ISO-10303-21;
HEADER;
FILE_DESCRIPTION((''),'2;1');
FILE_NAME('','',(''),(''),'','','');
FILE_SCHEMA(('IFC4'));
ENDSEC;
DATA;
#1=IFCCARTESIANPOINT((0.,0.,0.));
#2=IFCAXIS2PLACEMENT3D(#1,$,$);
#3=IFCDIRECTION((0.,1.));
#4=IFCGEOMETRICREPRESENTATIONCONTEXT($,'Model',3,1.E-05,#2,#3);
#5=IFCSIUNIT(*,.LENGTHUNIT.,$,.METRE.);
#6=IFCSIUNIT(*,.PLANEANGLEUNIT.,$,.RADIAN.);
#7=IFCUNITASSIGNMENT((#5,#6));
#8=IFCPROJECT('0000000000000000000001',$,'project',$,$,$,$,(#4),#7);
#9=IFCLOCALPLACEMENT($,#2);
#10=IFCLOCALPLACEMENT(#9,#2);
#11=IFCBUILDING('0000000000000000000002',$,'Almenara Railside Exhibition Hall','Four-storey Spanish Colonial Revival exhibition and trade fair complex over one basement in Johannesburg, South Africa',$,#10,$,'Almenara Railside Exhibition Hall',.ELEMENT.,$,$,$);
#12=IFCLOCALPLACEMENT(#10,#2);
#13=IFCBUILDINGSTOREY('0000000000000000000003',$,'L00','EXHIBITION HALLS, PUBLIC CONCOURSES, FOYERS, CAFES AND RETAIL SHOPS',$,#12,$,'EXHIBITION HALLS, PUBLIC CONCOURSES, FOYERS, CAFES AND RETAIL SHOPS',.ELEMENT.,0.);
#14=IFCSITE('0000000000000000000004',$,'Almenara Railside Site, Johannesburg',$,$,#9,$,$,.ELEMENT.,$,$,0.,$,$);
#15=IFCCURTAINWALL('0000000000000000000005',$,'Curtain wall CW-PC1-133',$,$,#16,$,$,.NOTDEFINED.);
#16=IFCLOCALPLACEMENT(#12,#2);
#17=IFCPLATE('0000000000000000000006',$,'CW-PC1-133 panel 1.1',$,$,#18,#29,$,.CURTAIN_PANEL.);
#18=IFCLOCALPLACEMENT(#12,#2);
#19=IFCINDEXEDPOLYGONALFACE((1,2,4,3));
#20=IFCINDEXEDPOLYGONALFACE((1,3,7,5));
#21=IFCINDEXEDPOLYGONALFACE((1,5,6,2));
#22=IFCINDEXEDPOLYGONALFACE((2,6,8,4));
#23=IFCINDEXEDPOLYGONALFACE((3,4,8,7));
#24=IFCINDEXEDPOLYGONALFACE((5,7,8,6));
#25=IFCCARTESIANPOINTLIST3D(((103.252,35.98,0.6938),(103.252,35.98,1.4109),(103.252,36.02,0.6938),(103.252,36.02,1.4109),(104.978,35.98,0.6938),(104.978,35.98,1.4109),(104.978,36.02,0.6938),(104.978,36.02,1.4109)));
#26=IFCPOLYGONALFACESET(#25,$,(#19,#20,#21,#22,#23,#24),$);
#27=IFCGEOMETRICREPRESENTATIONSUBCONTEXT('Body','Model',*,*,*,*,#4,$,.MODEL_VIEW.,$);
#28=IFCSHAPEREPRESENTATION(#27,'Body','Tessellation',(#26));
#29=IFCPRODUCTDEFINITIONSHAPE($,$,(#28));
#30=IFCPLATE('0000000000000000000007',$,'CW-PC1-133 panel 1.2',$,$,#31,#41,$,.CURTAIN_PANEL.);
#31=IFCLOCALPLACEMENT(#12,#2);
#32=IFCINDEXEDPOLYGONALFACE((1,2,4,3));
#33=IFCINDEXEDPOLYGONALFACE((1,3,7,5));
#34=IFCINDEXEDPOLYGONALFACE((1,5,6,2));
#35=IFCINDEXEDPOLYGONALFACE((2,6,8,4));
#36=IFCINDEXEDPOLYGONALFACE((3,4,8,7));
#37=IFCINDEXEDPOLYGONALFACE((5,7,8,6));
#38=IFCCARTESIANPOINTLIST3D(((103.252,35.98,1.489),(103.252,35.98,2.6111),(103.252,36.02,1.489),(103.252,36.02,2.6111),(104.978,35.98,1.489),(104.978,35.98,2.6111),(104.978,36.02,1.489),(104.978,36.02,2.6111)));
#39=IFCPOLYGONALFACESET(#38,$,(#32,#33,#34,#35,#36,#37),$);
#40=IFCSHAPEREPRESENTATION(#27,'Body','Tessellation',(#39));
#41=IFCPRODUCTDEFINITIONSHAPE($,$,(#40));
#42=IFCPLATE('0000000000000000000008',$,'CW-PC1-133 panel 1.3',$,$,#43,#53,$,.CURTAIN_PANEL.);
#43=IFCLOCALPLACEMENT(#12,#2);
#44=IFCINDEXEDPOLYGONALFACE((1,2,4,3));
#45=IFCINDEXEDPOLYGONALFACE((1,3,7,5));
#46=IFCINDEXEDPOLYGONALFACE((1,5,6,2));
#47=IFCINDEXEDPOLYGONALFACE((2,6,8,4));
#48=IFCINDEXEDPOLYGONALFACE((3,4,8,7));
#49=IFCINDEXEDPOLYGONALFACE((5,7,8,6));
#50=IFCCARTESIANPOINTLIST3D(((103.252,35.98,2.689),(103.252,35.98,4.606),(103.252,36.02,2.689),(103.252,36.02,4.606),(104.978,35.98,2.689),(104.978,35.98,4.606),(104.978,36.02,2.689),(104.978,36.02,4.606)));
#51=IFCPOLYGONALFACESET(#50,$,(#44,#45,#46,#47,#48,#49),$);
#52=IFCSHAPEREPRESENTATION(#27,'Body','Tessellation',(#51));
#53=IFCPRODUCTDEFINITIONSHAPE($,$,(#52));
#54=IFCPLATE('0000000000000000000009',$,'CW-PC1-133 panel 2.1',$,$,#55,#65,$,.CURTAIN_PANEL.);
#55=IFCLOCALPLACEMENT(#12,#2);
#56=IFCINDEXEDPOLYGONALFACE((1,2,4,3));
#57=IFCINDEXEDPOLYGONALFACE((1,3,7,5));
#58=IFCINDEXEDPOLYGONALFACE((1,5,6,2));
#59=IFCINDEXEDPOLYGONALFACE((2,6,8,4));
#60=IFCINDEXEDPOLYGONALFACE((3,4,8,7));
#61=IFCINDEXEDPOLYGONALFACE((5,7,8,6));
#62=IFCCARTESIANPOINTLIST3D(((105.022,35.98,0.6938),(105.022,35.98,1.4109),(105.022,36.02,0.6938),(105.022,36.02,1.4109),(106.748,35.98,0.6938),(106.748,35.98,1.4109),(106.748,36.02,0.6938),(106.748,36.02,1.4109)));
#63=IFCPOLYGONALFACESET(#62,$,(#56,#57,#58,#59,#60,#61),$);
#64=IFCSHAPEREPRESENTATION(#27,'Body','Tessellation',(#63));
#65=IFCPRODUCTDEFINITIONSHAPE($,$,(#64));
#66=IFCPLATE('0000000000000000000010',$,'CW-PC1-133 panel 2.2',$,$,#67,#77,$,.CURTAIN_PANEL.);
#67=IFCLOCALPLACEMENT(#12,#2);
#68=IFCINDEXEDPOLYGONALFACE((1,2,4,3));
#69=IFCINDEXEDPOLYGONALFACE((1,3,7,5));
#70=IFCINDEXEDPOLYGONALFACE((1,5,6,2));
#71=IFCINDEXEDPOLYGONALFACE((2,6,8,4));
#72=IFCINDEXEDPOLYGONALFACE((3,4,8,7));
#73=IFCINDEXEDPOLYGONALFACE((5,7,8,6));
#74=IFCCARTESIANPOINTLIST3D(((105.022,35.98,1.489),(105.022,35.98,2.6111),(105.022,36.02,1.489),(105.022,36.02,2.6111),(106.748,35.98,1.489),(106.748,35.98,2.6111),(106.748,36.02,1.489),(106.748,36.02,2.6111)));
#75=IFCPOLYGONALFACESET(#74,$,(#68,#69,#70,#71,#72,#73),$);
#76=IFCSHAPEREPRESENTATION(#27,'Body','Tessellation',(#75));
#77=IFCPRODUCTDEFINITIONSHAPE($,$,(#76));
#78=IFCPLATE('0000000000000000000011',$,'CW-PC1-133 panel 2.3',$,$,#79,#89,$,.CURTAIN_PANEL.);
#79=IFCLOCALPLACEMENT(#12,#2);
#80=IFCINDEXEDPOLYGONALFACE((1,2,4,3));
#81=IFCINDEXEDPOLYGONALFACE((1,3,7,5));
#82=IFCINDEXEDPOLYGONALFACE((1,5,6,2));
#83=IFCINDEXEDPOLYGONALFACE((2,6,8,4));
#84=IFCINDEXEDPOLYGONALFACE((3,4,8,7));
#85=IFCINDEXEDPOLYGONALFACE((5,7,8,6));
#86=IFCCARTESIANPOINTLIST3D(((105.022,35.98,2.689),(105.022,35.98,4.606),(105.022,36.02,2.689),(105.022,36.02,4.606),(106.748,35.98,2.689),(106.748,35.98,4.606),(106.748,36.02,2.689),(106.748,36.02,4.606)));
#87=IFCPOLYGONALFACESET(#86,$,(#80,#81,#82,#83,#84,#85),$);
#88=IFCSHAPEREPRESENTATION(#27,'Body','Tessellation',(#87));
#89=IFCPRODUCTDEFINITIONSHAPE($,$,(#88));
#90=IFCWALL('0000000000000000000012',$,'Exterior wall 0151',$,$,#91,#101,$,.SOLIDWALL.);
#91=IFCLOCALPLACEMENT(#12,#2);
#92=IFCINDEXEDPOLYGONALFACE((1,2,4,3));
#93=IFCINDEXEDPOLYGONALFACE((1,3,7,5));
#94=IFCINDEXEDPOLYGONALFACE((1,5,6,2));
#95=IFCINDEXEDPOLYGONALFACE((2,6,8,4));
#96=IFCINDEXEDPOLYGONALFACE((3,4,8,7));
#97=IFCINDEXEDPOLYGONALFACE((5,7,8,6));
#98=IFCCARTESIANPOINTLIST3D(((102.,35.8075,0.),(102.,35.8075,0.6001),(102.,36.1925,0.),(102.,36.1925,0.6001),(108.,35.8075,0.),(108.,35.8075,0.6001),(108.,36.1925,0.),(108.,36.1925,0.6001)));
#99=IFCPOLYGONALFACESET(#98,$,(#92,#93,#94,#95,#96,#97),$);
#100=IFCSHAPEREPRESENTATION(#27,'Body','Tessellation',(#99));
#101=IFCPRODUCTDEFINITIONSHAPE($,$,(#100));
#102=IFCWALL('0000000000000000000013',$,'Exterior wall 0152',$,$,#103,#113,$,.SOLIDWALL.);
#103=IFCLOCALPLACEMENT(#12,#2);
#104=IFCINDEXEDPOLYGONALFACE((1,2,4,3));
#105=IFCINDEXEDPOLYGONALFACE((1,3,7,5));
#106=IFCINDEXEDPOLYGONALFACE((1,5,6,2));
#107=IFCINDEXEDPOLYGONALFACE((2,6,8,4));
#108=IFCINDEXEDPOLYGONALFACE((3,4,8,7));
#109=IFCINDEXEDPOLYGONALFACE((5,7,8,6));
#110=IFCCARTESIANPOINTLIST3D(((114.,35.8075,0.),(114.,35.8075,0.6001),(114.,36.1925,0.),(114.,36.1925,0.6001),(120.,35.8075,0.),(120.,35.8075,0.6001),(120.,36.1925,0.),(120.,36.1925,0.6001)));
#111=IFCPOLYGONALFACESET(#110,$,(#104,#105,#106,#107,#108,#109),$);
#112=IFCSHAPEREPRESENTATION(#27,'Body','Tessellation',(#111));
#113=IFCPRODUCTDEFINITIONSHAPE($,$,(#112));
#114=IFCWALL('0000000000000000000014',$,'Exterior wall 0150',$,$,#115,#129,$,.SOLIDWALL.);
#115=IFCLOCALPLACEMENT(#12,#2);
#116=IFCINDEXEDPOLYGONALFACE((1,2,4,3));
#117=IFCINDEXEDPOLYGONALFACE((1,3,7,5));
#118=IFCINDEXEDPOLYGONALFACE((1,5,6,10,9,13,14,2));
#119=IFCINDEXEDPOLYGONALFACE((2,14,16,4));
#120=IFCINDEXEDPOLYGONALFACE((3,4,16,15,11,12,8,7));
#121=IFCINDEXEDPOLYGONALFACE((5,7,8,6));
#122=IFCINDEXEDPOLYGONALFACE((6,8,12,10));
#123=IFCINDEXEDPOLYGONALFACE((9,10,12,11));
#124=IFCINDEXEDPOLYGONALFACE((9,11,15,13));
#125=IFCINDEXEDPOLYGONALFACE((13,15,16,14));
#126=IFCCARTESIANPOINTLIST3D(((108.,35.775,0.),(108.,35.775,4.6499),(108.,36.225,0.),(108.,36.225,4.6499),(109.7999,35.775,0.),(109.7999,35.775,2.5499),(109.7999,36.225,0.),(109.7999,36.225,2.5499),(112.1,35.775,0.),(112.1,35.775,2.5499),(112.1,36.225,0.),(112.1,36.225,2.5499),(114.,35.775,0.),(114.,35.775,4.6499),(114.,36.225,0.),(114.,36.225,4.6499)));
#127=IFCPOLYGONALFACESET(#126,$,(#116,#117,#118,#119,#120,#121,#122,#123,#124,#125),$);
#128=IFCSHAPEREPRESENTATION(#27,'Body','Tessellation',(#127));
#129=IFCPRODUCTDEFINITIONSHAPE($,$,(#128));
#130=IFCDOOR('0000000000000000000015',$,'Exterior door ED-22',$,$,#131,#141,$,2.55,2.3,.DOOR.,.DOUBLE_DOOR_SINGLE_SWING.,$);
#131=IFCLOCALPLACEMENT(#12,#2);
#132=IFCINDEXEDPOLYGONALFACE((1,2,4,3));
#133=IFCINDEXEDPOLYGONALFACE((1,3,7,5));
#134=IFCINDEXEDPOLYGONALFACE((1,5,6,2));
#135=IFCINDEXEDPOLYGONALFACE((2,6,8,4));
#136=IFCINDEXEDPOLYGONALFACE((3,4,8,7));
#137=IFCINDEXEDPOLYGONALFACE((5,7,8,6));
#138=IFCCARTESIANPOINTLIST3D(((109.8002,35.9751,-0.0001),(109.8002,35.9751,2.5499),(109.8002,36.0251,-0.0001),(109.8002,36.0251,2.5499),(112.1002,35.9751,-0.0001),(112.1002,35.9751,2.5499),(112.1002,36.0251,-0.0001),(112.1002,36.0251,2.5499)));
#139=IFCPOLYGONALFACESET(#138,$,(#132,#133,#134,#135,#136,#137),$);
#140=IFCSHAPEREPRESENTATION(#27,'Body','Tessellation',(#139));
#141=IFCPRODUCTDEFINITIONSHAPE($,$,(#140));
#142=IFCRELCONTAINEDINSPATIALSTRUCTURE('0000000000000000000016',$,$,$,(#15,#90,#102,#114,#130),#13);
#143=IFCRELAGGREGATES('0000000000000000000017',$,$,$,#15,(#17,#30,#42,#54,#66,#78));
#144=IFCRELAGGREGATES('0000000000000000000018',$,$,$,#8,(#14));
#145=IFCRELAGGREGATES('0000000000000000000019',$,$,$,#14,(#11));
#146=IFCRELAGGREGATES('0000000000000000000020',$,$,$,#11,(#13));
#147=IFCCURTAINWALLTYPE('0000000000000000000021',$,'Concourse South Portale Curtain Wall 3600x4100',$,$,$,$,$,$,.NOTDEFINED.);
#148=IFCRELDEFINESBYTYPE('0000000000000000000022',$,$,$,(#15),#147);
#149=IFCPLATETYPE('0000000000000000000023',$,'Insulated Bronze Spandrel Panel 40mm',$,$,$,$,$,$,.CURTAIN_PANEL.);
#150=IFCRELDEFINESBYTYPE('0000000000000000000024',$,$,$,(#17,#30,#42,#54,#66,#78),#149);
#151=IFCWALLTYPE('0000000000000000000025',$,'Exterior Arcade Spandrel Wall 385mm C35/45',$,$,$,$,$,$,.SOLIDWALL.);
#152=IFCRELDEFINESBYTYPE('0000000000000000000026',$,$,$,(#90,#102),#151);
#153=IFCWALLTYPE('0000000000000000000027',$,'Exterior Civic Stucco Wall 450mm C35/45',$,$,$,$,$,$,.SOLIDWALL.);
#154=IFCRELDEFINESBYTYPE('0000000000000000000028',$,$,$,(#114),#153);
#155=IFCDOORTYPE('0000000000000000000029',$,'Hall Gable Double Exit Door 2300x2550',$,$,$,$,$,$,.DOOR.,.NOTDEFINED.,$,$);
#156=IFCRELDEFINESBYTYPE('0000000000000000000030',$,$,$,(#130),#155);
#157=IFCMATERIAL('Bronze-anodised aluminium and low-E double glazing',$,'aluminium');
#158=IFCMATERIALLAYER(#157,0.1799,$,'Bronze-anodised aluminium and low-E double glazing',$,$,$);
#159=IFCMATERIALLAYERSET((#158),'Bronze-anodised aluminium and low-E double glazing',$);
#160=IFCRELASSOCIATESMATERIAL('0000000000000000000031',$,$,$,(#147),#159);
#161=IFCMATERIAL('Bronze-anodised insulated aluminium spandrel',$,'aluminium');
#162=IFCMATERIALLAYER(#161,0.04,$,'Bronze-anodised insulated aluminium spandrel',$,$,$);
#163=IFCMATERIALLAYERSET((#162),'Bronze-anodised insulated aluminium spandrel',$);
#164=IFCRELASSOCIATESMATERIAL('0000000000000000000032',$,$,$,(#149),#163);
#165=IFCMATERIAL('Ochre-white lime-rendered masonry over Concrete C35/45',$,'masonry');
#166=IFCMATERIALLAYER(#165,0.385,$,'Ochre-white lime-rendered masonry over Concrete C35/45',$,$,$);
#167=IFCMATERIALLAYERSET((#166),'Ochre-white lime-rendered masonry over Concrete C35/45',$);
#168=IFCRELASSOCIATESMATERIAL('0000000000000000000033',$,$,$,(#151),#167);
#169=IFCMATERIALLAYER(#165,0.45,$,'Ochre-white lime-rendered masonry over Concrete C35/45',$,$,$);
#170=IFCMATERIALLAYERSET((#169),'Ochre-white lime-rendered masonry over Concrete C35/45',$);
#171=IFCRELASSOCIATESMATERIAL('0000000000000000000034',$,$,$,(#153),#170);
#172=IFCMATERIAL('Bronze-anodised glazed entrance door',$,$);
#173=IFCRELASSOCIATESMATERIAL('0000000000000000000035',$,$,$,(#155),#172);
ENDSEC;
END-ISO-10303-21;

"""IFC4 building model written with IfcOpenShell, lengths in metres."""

from ifc_helpers import new_model, si_unit, direction, frame, frame_2d, origin, origin_2d, place, context, subcontext, project, spatial, rectangle, extrude, material, layer, layer_set, type_object, element, fill, aggregate, save


model = new_model("IFC4")

# Units and contexts
model_context = context("Model", 3, precision=1e-05, world=origin(), true_north=direction((0.0, 1.0)))
body_context = subcontext(model_context, "Body", "Model", "MODEL_VIEW")
ifc_project = project(units=[si_unit("LENGTHUNIT", "METRE"), si_unit("PLANEANGLEUNIT", "RADIAN")], contexts=[model_context])

# Site, building, storey
site_placement = place(None, origin())
site = spatial("IfcSite", under=ifc_project, at=site_placement, Name="Almenara Railside Site, Johannesburg", CompositionType="ELEMENT", RefElevation=0.0)
building_placement = place(site_placement, origin())
building = spatial("IfcBuilding", under=site, at=building_placement, Name="Almenara Railside Exhibition Hall", Description="Four-storey Spanish Colonial Revival exhibition and trade fair complex over one basement in Johannesburg, South Africa", LongName="Almenara Railside Exhibition Hall", CompositionType="ELEMENT")
storey_placement = place(building_placement, origin())
storey = spatial("IfcBuildingStorey", under=building, at=storey_placement, Name="L00", Description="EXHIBITION HALLS, PUBLIC CONCOURSES, FOYERS, CAFES AND RETAIL SHOPS", LongName="EXHIBITION HALLS, PUBLIC CONCOURSES, FOYERS, CAFES AND RETAIL SHOPS", CompositionType="ELEMENT", Elevation=0.0)

# Curtain wall
ifc_material_1 = material(Name="Bronze-anodised aluminium and low-E double glazing", Category="aluminium")
ifc_layer_1 = layer(ifc_material_1, 0.1799, Name="Bronze-anodised aluminium and low-E double glazing")
ifc_layer_set_1 = layer_set([ifc_layer_1], Name="Bronze-anodised aluminium and low-E double glazing")
curtain_wall_type = type_object("IfcCurtainWallType", Name="Concourse South Portale Curtain Wall 3600x4100", PredefinedType="NOTDEFINED", material=ifc_layer_set_1)
curtain_wall_placement = place(storey_placement, origin())
curtain_wall = element("IfcCurtainWall", 1, at=curtain_wall_placement, inside=storey, type_object=curtain_wall_type, Name="Curtain wall CW-PC1-133", PredefinedType="NOTDEFINED")

# Plates
ifc_material_2 = material(Name="Bronze-anodised insulated aluminium spandrel", Category="aluminium")
ifc_layer_2 = layer(ifc_material_2, 0.04, Name="Bronze-anodised insulated aluminium spandrel")
ifc_layer_set_2 = layer_set([ifc_layer_2], Name="Bronze-anodised insulated aluminium spandrel")
plate_type = type_object("IfcPlateType", Name="Insulated Bronze Spandrel Panel 40mm", PredefinedType="CURTAIN_PANEL", material=ifc_layer_set_2)
plate_1_placement = place(storey_placement, frame((104.115, 36.0, 0.6938), z_axis=(0.0, 0.0, 1.0), x_axis=(1.0, 0.0, 0.0)))
plate_1 = element("IfcPlate", 2, at=plate_1_placement, type_object=plate_type, Name="CW-PC1-133 panel 1.1", PredefinedType="CURTAIN_PANEL", context=body_context, shape_type="SweptSolid", body=[
    extrude(rectangle(XDim=1.7261, YDim=0.04, at=origin_2d()), origin(), (0.0, 0.0, 1.0), 0.717),
])
plate_2_placement = place(storey_placement, frame((104.115, 36.0, 1.489), z_axis=(0.0, 0.0, 1.0), x_axis=(1.0, 0.0, 0.0)))
plate_2 = element("IfcPlate", 3, at=plate_2_placement, type_object=plate_type, Name="CW-PC1-133 panel 1.2", PredefinedType="CURTAIN_PANEL", context=body_context, shape_type="SweptSolid", body=[
    extrude(rectangle(XDim=1.7261, YDim=0.04, at=origin_2d()), origin(), (0.0, 0.0, 1.0), 1.1221),
])
plate_3_placement = place(storey_placement, frame((104.115, 36.0, 2.689), z_axis=(0.0, 0.0, 1.0), x_axis=(1.0, 0.0, 0.0)))
plate_3 = element("IfcPlate", 4, at=plate_3_placement, type_object=plate_type, Name="CW-PC1-133 panel 1.3", PredefinedType="CURTAIN_PANEL", context=body_context, shape_type="SweptSolid", body=[
    extrude(rectangle(XDim=1.7261, YDim=0.04, at=origin_2d()), origin(), (0.0, 0.0, 1.0), 1.917),
])
plate_4_placement = place(storey_placement, frame((105.885, 36.0, 0.6938), z_axis=(0.0, 0.0, 1.0), x_axis=(1.0, 0.0, 0.0)))
plate_4 = element("IfcPlate", 5, at=plate_4_placement, type_object=plate_type, Name="CW-PC1-133 panel 2.1", PredefinedType="CURTAIN_PANEL", context=body_context, shape_type="SweptSolid", body=[
    extrude(rectangle(XDim=1.7261, YDim=0.04, at=origin_2d()), origin(), (0.0, 0.0, 1.0), 0.717),
])
plate_5_placement = place(storey_placement, frame((105.885, 36.0, 1.489), z_axis=(0.0, 0.0, 1.0), x_axis=(1.0, 0.0, 0.0)))
plate_5 = element("IfcPlate", 6, at=plate_5_placement, type_object=plate_type, Name="CW-PC1-133 panel 2.2", PredefinedType="CURTAIN_PANEL", context=body_context, shape_type="SweptSolid", body=[
    extrude(rectangle(XDim=1.7261, YDim=0.04, at=origin_2d()), origin(), (0.0, 0.0, 1.0), 1.1221),
])
plate_6_placement = place(storey_placement, frame((105.885, 36.0, 2.689), z_axis=(0.0, 0.0, 1.0), x_axis=(1.0, 0.0, 0.0)))
plate_6 = element("IfcPlate", 7, at=plate_6_placement, type_object=plate_type, Name="CW-PC1-133 panel 2.3", PredefinedType="CURTAIN_PANEL", context=body_context, shape_type="SweptSolid", body=[
    extrude(rectangle(XDim=1.7261, YDim=0.04, at=origin_2d()), origin(), (0.0, 0.0, 1.0), 1.917),
])
aggregate(curtain_wall, [plate_1, plate_2, plate_3, plate_4, plate_5, plate_6])

# Walls
ifc_material_3 = material(Name="Ochre-white lime-rendered masonry over Concrete C35/45", Category="masonry")
ifc_layer_3 = layer(ifc_material_3, 0.385, Name="Ochre-white lime-rendered masonry over Concrete C35/45")
ifc_layer_set_3 = layer_set([ifc_layer_3], Name="Ochre-white lime-rendered masonry over Concrete C35/45")
wall_type_1 = type_object("IfcWallType", Name="Exterior Arcade Spandrel Wall 385mm C35/45", PredefinedType="SOLIDWALL", material=ifc_layer_set_3)
for number, where, z_axis, x_axis, name in (
    (8, (102.0, 36.0, 0.0), (0.0, 0.0, 1.0), (1.0, 0.0, 0.0), "Exterior wall 0151"),
    (9, (114.0, 36.0, 0.0), (0.0, 0.0, 1.0), (1.0, 0.0, 0.0), "Exterior wall 0152"),
):
    element("IfcWall", number, at=place(storey_placement, frame(where, z_axis=z_axis, x_axis=x_axis)), inside=storey, type_object=wall_type_1, Name=name, PredefinedType="SOLIDWALL", context=body_context, shape_type="SweptSolid", body=[
        extrude(rectangle(XDim=6.0, YDim=0.385, at=frame_2d((3.0, 0.0))), origin(), (0.0, 0.0, 1.0), 0.6001),
    ])

# Wall, opening, door
ifc_layer_4 = layer(ifc_material_3, 0.45, Name="Ochre-white lime-rendered masonry over Concrete C35/45")
ifc_layer_set_4 = layer_set([ifc_layer_4], Name="Ochre-white lime-rendered masonry over Concrete C35/45")
wall_type_2 = type_object("IfcWallType", Name="Exterior Civic Stucco Wall 450mm C35/45", PredefinedType="SOLIDWALL", material=ifc_layer_set_4)
wall_placement = place(storey_placement, frame((108.0, 36.0, 0.0), z_axis=(0.0, 0.0, 1.0), x_axis=(1.0, 0.0, 0.0)))
wall = element("IfcWall", 10, at=wall_placement, inside=storey, type_object=wall_type_2, Name="Exterior wall 0150", PredefinedType="SOLIDWALL", context=body_context, shape_type="SweptSolid", body=[
    extrude(rectangle(XDim=6.0, YDim=0.45, at=frame_2d((3.0, 0.0))), origin(), (0.0, 0.0, 1.0), 4.6499),
])
opening_placement = place(wall_placement, frame((1.8, 0.0, 0.0)))
opening = element("IfcOpeningElement", 11, at=opening_placement, cuts=wall, PredefinedType="OPENING", context=body_context, shape_type="SweptSolid", body=[
    extrude(rectangle(XDim=2.3, YDim=2.55, at=frame_2d((1.1499, 1.2749))), frame((0.0, 0.2349, 0.0), z_axis=(0.0, -1.0, 0.0), x_axis=(1.0, 0.0, 0.0)), (0.0, 0.0, 1.0), 0.47),
])
ifc_material_4 = material(Name="Bronze-anodised glazed entrance door")
door_type = type_object("IfcDoorType", Name="Hall Gable Double Exit Door 2300x2550", OperationType="NOTDEFINED", PredefinedType="DOOR", material=ifc_material_4)
door_placement = place(opening_placement, frame((2.3, 0.0, 0.0), z_axis=(0.0, 0.0, 1.0), x_axis=(-1.0, 0.0, 0.0)))
door = element("IfcDoor", 12, at=door_placement, inside=storey, type_object=door_type, Name="Exterior door ED-22", OperationType="DOUBLE_DOOR_SINGLE_SWING", OverallHeight=2.55, OverallWidth=2.3, PredefinedType="DOOR", context=body_context, shape_type="SweptSolid", body=[
    extrude(rectangle(XDim=2.3, YDim=2.55, at=frame_2d((1.1499, 1.2749))), frame((0.0, 0.0249, 0.0), z_axis=(0.0, -1.0, 0.0), x_axis=(1.0, 0.0, 0.0)), (0.0, 0.0, 1.0), 0.05),
])
fill(opening, door)

save(model, "model.ifc")
